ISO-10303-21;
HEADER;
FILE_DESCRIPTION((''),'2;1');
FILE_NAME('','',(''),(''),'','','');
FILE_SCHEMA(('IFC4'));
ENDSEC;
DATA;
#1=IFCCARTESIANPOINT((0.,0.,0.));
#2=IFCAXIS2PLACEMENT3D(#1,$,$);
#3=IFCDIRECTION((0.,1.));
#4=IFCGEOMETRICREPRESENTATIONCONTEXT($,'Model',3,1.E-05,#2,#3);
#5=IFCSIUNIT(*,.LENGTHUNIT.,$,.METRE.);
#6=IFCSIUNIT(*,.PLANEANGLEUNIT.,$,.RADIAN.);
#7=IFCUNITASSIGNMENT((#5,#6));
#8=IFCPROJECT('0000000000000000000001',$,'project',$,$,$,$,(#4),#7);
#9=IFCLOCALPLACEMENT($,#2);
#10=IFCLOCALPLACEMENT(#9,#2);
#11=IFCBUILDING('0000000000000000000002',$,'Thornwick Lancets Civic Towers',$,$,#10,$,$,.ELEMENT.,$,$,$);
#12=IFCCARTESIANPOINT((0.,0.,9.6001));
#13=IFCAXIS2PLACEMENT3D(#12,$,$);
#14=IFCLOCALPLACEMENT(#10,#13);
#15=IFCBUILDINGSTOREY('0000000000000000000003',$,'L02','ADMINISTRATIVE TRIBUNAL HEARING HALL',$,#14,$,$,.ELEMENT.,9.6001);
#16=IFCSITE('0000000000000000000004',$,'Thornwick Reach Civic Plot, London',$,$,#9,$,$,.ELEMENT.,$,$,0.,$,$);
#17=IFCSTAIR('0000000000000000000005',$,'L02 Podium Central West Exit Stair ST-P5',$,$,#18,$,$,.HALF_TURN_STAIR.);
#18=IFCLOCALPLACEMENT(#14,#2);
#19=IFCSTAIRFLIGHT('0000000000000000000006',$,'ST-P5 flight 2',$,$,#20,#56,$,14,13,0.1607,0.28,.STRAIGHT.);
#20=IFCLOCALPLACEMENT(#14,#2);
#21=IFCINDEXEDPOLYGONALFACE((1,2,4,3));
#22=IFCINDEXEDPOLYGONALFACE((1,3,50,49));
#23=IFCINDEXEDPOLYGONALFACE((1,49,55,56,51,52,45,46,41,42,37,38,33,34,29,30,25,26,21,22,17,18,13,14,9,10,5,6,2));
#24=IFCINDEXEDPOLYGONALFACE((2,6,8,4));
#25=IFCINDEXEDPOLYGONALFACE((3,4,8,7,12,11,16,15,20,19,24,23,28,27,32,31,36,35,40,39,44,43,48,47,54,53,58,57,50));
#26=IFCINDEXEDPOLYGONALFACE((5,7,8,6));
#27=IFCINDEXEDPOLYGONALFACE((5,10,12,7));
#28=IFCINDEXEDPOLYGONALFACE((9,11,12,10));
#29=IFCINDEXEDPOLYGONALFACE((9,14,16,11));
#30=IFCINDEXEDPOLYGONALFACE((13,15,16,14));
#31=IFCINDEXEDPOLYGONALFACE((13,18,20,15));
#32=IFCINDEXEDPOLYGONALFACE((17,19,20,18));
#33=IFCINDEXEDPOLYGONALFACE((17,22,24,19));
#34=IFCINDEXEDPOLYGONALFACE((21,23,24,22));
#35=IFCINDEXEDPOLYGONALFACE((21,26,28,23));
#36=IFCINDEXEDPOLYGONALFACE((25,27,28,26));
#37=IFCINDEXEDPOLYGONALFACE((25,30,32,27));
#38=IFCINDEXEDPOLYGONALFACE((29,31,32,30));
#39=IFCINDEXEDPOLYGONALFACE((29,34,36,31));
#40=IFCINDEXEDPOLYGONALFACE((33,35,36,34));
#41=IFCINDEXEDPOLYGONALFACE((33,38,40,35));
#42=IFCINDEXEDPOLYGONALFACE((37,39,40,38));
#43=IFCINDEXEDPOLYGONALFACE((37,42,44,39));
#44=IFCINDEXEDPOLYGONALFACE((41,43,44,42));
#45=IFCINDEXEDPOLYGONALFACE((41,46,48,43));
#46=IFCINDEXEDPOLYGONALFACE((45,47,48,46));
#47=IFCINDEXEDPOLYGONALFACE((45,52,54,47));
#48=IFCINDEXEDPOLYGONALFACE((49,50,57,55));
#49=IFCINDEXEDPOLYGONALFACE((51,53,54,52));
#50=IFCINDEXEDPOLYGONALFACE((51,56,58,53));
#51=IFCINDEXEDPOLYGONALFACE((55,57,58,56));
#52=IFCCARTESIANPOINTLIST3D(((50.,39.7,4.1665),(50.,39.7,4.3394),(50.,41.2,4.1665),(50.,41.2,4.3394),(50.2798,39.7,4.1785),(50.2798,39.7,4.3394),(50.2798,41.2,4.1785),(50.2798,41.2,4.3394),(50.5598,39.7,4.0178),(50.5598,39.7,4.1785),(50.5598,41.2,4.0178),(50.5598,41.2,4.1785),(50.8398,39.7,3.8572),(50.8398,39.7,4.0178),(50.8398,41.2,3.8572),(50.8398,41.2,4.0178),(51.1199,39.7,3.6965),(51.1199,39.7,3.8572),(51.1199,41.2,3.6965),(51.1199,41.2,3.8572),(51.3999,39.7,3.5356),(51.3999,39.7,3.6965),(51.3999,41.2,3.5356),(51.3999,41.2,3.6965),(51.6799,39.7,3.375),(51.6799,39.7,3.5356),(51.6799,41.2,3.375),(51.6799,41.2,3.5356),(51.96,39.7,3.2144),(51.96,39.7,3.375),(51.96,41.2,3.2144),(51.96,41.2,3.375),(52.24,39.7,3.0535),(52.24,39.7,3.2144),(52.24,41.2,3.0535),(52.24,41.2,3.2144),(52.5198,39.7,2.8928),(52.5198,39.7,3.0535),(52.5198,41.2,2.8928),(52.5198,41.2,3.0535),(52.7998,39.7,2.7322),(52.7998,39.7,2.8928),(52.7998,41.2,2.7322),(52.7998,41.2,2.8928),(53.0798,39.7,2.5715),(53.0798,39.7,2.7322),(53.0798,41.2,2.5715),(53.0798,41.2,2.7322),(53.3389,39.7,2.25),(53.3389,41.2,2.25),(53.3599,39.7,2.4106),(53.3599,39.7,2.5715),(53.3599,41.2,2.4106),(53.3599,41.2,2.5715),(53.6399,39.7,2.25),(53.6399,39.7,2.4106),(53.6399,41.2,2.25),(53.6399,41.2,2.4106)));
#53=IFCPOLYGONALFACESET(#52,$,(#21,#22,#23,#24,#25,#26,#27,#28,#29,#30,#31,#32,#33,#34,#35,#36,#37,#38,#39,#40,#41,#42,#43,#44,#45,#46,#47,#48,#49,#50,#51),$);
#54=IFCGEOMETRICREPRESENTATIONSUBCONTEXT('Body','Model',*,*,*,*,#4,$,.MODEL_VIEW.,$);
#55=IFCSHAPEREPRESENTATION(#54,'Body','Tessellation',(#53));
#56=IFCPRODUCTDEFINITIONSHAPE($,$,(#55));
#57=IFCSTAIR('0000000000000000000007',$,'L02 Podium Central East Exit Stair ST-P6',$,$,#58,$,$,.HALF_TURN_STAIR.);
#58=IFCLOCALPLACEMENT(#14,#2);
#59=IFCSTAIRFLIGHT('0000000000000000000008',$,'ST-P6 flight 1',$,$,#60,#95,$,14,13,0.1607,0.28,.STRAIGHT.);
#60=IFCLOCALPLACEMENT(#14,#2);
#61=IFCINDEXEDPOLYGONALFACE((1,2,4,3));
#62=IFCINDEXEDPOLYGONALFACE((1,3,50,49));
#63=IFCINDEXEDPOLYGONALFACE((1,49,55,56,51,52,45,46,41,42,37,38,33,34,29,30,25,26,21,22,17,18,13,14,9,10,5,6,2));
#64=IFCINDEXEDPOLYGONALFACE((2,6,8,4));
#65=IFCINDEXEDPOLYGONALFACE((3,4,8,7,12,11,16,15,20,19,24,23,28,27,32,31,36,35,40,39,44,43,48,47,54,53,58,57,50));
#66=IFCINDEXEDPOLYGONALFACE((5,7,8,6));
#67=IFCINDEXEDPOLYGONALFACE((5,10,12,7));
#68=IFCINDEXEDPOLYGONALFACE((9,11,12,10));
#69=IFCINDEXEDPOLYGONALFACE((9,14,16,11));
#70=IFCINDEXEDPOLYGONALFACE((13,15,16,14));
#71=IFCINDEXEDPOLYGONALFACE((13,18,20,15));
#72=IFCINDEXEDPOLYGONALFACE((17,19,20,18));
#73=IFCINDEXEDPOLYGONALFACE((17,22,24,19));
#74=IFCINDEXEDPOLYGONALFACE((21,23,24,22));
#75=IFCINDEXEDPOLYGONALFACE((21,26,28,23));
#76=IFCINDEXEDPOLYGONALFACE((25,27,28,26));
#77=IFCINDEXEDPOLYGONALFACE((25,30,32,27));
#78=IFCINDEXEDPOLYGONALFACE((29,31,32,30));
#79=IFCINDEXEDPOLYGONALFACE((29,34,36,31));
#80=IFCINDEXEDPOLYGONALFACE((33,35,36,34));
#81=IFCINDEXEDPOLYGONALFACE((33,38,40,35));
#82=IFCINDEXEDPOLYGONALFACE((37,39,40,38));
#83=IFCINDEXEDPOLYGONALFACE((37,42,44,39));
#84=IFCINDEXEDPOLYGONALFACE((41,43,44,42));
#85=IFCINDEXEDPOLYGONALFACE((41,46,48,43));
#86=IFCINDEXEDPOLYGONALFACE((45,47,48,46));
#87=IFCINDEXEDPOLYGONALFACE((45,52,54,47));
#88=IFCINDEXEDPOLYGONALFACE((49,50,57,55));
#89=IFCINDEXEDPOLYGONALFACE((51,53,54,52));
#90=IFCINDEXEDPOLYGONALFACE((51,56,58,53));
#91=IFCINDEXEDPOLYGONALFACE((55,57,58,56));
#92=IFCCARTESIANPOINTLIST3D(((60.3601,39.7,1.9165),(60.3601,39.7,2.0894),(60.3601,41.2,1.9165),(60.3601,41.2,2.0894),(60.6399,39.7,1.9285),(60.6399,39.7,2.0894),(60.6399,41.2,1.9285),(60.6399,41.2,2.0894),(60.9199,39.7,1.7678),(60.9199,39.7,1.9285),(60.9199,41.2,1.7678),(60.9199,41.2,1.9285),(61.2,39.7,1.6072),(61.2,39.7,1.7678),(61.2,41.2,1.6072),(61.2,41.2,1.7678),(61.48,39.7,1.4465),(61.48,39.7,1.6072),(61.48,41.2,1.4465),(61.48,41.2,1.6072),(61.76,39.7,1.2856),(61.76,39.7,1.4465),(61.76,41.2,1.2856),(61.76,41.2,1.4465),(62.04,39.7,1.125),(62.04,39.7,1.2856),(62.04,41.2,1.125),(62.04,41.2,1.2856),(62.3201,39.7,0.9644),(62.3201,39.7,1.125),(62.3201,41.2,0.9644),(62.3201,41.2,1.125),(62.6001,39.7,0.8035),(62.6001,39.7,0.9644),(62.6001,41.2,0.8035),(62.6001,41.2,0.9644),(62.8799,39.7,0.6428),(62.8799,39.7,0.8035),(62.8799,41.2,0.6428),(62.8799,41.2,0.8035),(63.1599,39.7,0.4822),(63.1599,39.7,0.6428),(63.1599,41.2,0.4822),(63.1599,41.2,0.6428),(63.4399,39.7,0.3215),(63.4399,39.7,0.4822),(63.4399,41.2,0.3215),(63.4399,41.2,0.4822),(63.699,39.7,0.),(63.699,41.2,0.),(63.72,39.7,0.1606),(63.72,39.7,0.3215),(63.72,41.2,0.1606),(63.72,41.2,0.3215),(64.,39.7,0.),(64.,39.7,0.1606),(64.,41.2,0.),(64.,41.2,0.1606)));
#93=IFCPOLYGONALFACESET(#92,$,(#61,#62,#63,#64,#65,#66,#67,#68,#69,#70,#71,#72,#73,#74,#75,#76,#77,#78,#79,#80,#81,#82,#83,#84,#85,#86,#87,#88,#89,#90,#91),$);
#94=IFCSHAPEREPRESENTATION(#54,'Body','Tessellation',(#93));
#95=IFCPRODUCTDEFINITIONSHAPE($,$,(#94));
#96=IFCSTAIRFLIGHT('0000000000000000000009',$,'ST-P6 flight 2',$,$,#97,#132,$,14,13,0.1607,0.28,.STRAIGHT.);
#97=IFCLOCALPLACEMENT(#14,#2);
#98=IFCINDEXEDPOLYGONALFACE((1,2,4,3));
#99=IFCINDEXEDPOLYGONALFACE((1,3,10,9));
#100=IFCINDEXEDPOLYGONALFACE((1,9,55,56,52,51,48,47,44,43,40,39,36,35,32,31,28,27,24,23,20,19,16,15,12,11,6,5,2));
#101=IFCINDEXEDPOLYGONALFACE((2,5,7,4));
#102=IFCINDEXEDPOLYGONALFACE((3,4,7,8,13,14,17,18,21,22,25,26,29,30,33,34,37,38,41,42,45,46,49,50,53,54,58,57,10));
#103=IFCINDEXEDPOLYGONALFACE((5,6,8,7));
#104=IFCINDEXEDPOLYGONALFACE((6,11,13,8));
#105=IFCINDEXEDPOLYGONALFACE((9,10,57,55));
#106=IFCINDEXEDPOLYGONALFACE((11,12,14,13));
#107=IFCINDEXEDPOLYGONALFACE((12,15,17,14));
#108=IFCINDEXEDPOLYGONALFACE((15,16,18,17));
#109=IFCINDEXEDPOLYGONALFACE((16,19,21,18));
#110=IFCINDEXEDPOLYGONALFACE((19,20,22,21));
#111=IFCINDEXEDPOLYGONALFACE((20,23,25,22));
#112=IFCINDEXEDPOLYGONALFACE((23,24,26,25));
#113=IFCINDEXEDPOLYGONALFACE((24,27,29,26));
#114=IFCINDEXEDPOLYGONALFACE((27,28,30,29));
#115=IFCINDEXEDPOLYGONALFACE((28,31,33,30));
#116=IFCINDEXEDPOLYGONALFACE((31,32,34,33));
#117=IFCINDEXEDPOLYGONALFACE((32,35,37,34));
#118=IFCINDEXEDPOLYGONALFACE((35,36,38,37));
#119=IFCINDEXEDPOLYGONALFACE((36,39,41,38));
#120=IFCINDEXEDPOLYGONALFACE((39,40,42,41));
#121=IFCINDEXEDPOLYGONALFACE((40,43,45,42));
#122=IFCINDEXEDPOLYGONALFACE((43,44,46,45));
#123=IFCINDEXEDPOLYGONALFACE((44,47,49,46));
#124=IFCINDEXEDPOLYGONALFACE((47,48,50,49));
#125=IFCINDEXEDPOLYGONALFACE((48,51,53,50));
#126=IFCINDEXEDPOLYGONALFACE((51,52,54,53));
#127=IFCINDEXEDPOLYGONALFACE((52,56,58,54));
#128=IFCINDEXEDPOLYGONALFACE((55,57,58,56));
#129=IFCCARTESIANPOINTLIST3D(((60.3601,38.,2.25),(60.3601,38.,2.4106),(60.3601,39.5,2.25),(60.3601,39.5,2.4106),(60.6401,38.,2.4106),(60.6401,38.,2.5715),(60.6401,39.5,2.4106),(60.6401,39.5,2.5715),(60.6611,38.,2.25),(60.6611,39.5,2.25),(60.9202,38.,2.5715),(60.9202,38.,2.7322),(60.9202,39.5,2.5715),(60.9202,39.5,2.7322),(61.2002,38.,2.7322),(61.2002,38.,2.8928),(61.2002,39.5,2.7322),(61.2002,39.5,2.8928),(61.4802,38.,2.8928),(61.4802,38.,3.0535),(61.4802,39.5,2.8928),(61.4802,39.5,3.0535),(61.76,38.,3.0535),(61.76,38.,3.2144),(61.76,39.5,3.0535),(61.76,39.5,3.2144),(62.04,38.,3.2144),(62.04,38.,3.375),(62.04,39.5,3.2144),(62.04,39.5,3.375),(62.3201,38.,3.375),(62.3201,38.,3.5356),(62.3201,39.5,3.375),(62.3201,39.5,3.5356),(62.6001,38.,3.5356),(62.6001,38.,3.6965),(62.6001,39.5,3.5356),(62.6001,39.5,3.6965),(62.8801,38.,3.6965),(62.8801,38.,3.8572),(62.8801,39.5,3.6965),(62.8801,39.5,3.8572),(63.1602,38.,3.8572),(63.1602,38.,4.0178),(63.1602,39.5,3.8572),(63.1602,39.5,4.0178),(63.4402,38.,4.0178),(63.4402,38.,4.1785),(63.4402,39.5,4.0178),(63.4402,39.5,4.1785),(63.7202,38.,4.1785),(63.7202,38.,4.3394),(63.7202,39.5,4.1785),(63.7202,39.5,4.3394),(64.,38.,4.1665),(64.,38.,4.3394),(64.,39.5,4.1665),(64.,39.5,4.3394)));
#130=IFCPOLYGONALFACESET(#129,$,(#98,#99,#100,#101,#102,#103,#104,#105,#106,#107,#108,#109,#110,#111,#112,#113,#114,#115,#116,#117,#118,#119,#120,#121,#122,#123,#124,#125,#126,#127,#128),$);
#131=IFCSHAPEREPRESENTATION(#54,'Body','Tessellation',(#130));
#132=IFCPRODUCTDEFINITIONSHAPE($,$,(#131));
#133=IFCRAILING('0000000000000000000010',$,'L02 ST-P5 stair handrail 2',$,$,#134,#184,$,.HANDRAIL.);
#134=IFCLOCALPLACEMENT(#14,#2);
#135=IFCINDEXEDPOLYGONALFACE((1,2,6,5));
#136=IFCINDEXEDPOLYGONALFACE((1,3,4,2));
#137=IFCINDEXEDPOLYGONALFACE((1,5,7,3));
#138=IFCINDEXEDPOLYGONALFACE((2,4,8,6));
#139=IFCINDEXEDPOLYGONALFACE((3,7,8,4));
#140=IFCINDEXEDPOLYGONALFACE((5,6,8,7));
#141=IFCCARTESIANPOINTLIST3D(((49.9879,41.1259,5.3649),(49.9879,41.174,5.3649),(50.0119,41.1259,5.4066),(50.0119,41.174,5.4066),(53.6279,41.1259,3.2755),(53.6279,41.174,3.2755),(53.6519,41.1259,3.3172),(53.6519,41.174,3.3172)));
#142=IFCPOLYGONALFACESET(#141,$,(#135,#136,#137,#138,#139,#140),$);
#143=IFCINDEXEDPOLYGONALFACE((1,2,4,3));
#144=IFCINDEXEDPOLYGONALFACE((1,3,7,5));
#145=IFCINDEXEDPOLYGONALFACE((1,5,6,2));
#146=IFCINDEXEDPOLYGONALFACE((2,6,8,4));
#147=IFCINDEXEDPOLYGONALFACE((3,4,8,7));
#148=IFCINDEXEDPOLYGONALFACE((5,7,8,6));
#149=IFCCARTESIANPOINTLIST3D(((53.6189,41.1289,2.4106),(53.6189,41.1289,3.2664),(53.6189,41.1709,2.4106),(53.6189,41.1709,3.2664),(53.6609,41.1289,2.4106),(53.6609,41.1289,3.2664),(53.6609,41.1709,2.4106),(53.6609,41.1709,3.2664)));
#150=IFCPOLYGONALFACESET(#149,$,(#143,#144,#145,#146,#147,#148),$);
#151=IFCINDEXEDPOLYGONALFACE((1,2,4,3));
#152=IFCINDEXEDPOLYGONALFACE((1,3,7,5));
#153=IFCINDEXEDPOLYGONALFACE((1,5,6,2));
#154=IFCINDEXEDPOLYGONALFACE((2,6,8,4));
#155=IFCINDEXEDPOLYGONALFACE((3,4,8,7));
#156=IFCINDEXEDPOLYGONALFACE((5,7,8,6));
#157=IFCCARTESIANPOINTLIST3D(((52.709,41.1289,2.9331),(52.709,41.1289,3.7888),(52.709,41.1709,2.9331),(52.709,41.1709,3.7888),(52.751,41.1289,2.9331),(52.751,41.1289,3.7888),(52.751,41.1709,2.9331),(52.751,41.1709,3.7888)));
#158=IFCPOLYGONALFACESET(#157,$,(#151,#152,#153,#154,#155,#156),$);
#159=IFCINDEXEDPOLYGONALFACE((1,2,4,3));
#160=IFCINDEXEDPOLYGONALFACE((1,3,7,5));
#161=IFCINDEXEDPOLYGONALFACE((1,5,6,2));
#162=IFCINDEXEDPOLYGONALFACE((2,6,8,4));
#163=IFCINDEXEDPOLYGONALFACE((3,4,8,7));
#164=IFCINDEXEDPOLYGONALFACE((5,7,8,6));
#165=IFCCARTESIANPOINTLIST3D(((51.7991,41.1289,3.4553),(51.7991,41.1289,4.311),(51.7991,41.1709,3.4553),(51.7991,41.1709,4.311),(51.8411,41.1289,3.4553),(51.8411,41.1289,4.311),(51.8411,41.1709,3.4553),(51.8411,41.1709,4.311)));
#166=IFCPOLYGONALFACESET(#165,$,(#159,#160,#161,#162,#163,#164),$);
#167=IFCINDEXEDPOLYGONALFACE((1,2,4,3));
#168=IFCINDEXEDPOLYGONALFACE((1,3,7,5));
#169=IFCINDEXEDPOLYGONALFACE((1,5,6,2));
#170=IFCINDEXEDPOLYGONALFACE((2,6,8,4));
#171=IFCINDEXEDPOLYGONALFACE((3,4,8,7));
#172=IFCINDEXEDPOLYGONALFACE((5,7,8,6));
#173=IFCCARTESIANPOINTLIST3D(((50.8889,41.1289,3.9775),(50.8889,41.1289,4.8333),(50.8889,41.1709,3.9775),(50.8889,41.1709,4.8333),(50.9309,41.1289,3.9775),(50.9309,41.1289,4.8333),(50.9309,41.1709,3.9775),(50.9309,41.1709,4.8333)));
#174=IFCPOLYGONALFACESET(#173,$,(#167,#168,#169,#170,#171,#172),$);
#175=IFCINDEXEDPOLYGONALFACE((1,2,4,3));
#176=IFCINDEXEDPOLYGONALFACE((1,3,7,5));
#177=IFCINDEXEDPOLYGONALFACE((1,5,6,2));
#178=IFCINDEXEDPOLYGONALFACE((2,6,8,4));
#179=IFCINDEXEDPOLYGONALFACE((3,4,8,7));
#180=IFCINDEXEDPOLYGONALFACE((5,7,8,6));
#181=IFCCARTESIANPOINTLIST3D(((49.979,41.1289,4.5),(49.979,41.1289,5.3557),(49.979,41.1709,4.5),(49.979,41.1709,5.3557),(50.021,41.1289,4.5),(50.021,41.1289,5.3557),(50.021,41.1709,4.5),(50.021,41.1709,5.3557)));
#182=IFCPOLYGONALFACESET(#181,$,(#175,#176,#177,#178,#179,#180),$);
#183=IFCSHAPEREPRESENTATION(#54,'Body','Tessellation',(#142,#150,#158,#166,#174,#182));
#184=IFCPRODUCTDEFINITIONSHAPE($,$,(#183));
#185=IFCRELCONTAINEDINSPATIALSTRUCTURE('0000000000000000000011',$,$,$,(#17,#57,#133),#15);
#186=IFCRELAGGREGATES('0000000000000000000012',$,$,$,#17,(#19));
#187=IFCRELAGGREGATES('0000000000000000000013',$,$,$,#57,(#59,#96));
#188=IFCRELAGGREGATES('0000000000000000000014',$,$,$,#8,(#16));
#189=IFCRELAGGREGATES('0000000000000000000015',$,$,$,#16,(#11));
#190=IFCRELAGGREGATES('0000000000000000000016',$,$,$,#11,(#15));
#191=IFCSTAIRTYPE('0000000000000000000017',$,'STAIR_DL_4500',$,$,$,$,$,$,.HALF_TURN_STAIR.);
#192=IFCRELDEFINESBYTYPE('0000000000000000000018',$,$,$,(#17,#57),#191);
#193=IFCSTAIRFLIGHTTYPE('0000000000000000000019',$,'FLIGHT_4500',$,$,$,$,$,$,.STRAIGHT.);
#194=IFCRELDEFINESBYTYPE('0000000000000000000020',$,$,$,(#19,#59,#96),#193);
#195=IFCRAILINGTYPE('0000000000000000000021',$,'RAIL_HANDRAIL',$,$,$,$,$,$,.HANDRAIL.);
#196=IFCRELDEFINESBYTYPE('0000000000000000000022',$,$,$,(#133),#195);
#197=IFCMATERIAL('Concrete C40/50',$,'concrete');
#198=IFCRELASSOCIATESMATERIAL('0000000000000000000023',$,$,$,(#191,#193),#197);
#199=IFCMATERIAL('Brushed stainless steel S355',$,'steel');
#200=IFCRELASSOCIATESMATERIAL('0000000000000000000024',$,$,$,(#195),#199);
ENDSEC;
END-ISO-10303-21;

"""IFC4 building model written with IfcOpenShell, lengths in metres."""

from ifc_helpers import new_model, si_unit, direction, frame, origin, origin_2d, place, context, subcontext, project, spatial, polyline, rectangle, outline, extrude, material, type_object, element, aggregate, save


model = new_model("IFC4")

# Units and contexts
model_context = context("Model", 3, precision=1e-05, world=origin(), true_north=direction((0.0, 1.0)))
body_context = subcontext(model_context, "Body", "Model", "MODEL_VIEW")
ifc_project = project(units=[si_unit("LENGTHUNIT", "METRE"), si_unit("PLANEANGLEUNIT", "RADIAN")], contexts=[model_context])

# Site, building, storey
site_placement = place(None, origin())
site = spatial("IfcSite", under=ifc_project, at=site_placement, Name="Thornwick Reach Civic Plot, London", CompositionType="ELEMENT", RefElevation=0.0)
building_placement = place(site_placement, origin())
building = spatial("IfcBuilding", under=site, at=building_placement, Name="Thornwick Lancets Civic Towers", CompositionType="ELEMENT")
storey_placement = place(building_placement, frame((0.0, 0.0, 9.6001)))
storey = spatial("IfcBuildingStorey", under=building, at=storey_placement, Name="L02", Description="ADMINISTRATIVE TRIBUNAL HEARING HALL", CompositionType="ELEMENT", Elevation=9.6001)

# Shared definitions
ifc_material_1 = material(Name="Concrete C40/50", Category="concrete")

# Stair, stair flight
stair_type = type_object("IfcStairType", Name="STAIR_DL_4500", PredefinedType="HALF_TURN_STAIR", material=ifc_material_1)
stair_1_placement = place(storey_placement, origin())
stair_1 = element("IfcStair", 1, at=stair_1_placement, inside=storey, type_object=stair_type, Name="L02 Podium Central West Exit Stair ST-P5", PredefinedType="HALF_TURN_STAIR")
stair_flight_type = type_object("IfcStairFlightType", Name="FLIGHT_4500", PredefinedType="STRAIGHT", material=ifc_material_1)
stair_flight_1_placement = place(storey_placement, frame((53.6399, 40.45, 2.25), z_axis=(0.0, 0.0, 1.0), x_axis=(-1.0, 0.0, 0.0)))
stair_flight_1 = element("IfcStairFlight", 2, at=stair_flight_1_placement, type_object=stair_flight_type, Name="ST-P5 flight 2", NumberOfRisers=14, NumberOfTreads=13, PredefinedType="STRAIGHT", RiserHeight=0.1607, TreadLength=0.28, context=body_context, shape_type="SweptSolid", body=[
    extrude(outline(polyline([(0.0, 0.0), (0.0, 0.1606), (0.28, 0.1606), (0.28, 0.3215), (0.5601, 0.3215), (0.5601, 0.4822), (0.8401, 0.4822), (0.8401, 0.6428), (1.1201, 0.6428), (1.1201, 0.8035), (1.3999, 0.8035), (1.3999, 0.9644), (1.6799, 0.9644), (1.6799, 1.125), (1.96, 1.125), (1.96, 1.2856), (2.24, 1.2856), (2.24, 1.4465), (2.52, 1.4465), (2.52, 1.6072), (2.8, 1.6072), (2.8, 1.7678), (3.0801, 1.7678), (3.0801, 1.9285), (3.3601, 1.9285), (3.3601, 2.0894), (3.6399, 2.0894), (3.6399, 2.25), (3.6399, 1.9165), (0.301, 0.0), (0.0, 0.0)])), frame((0.0, 0.75, 0.0), z_axis=(0.0, -1.0, 0.0), x_axis=(1.0, 0.0, 0.0)), (0.0, 0.0, 1.0), 1.5),
])
aggregate(stair_1, [stair_flight_1])

# Stair, stair flights
stair_2_placement = place(storey_placement, origin())
stair_2 = element("IfcStair", 3, at=stair_2_placement, inside=storey, type_object=stair_type, Name="L02 Podium Central East Exit Stair ST-P6", PredefinedType="HALF_TURN_STAIR")
stair_flight_2_placement = place(storey_placement, frame((64.0, 40.45, 0.0), z_axis=(0.0, 0.0, 1.0), x_axis=(-1.0, 0.0, 0.0)))
stair_flight_2 = element("IfcStairFlight", 4, at=stair_flight_2_placement, type_object=stair_flight_type, Name="ST-P6 flight 1", NumberOfRisers=14, NumberOfTreads=13, PredefinedType="STRAIGHT", RiserHeight=0.1607, TreadLength=0.28, context=body_context, shape_type="SweptSolid", body=[
    extrude(outline(polyline([(0.0, 0.0), (0.0, 0.1606), (0.28, 0.1606), (0.28, 0.3215), (0.5601, 0.3215), (0.5601, 0.4822), (0.8401, 0.4822), (0.8401, 0.6428), (1.1201, 0.6428), (1.1201, 0.8035), (1.3999, 0.8035), (1.3999, 0.9644), (1.6799, 0.9644), (1.6799, 1.125), (1.96, 1.125), (1.96, 1.2856), (2.24, 1.2856), (2.24, 1.4465), (2.52, 1.4465), (2.52, 1.6072), (2.8, 1.6072), (2.8, 1.7678), (3.0801, 1.7678), (3.0801, 1.9285), (3.3601, 1.9285), (3.3601, 2.0894), (3.6399, 2.0894), (3.6399, 2.25), (3.6399, 1.9165), (0.301, 0.0), (0.0, 0.0)])), frame((0.0, 0.75, 0.0), z_axis=(0.0, -1.0, 0.0), x_axis=(1.0, 0.0, 0.0)), (0.0, 0.0, 1.0), 1.5),
])
stair_flight_3_placement = place(storey_placement, frame((60.3601, 38.75, 2.25), z_axis=(0.0, 0.0, 1.0), x_axis=(1.0, 0.0, 0.0)))
stair_flight_3 = element("IfcStairFlight", 5, at=stair_flight_3_placement, type_object=stair_flight_type, Name="ST-P6 flight 2", NumberOfRisers=14, NumberOfTreads=13, PredefinedType="STRAIGHT", RiserHeight=0.1607, TreadLength=0.28, context=body_context, shape_type="SweptSolid", body=[
    extrude(outline(polyline([(0.0, 0.0), (0.0, 0.1606), (0.28, 0.1606), (0.28, 0.3215), (0.5601, 0.3215), (0.5601, 0.4822), (0.8401, 0.4822), (0.8401, 0.6428), (1.1201, 0.6428), (1.1201, 0.8035), (1.3999, 0.8035), (1.3999, 0.9644), (1.6799, 0.9644), (1.6799, 1.125), (1.96, 1.125), (1.96, 1.2856), (2.24, 1.2856), (2.24, 1.4465), (2.52, 1.4465), (2.52, 1.6072), (2.8, 1.6072), (2.8, 1.7678), (3.0801, 1.7678), (3.0801, 1.9285), (3.3601, 1.9285), (3.3601, 2.0894), (3.6399, 2.0894), (3.6399, 2.25), (3.6399, 1.9165), (0.301, 0.0), (0.0, 0.0)])), frame((0.0, 0.75, 0.0), z_axis=(0.0, -1.0, 0.0), x_axis=(1.0, 0.0, 0.0)), (0.0, 0.0, 1.0), 1.5),
])
aggregate(stair_2, [stair_flight_2, stair_flight_3])

# Railing
ifc_material_2 = material(Name="Brushed stainless steel S355", Category="steel")
railing_type_1 = type_object("IfcRailingType", Name="RAIL_HANDRAIL", PredefinedType="HANDRAIL", material=ifc_material_2)
railing_1_placement = place(storey_placement, frame((53.6399, 41.1499, 2.4106)))
element("IfcRailing", 6, at=railing_1_placement, inside=storey, type_object=railing_type_1, Name="L02 ST-P5 stair handrail 2", PredefinedType="HANDRAIL", context=body_context, shape_type="SweptSolid", body=[
    extrude(rectangle(XDim=0.0481, YDim=0.0481, at=origin_2d()), frame((0.0, 0.0, 0.8857), z_axis=(-0.867275, 0.0, 0.497829), x_axis=(0.0, -1.0, 0.0)), (0.0, 0.0, 1.0), 4.197),
    extrude(rectangle(XDim=0.042, YDim=0.042, at=origin_2d()), origin(), (0.0, 0.0, 1.0), 0.8557),
    extrude(rectangle(XDim=0.042, YDim=0.042, at=origin_2d()), frame((-0.9099, 0.0, 0.5225)), (0.0, 0.0, 1.0), 0.8557),
    extrude(rectangle(XDim=0.042, YDim=0.042, at=origin_2d()), frame((-1.8198, 0.0, 1.0447)), (0.0, 0.0, 1.0), 0.8557),
    extrude(rectangle(XDim=0.042, YDim=0.042, at=origin_2d()), frame((-2.73, 0.0, 1.5669)), (0.0, 0.0, 1.0), 0.8557),
    extrude(rectangle(XDim=0.042, YDim=0.042, at=origin_2d()), frame((-3.6399, 0.0, 2.0894)), (0.0, 0.0, 1.0), 0.8557),
])

save(model, "model.ifc")
